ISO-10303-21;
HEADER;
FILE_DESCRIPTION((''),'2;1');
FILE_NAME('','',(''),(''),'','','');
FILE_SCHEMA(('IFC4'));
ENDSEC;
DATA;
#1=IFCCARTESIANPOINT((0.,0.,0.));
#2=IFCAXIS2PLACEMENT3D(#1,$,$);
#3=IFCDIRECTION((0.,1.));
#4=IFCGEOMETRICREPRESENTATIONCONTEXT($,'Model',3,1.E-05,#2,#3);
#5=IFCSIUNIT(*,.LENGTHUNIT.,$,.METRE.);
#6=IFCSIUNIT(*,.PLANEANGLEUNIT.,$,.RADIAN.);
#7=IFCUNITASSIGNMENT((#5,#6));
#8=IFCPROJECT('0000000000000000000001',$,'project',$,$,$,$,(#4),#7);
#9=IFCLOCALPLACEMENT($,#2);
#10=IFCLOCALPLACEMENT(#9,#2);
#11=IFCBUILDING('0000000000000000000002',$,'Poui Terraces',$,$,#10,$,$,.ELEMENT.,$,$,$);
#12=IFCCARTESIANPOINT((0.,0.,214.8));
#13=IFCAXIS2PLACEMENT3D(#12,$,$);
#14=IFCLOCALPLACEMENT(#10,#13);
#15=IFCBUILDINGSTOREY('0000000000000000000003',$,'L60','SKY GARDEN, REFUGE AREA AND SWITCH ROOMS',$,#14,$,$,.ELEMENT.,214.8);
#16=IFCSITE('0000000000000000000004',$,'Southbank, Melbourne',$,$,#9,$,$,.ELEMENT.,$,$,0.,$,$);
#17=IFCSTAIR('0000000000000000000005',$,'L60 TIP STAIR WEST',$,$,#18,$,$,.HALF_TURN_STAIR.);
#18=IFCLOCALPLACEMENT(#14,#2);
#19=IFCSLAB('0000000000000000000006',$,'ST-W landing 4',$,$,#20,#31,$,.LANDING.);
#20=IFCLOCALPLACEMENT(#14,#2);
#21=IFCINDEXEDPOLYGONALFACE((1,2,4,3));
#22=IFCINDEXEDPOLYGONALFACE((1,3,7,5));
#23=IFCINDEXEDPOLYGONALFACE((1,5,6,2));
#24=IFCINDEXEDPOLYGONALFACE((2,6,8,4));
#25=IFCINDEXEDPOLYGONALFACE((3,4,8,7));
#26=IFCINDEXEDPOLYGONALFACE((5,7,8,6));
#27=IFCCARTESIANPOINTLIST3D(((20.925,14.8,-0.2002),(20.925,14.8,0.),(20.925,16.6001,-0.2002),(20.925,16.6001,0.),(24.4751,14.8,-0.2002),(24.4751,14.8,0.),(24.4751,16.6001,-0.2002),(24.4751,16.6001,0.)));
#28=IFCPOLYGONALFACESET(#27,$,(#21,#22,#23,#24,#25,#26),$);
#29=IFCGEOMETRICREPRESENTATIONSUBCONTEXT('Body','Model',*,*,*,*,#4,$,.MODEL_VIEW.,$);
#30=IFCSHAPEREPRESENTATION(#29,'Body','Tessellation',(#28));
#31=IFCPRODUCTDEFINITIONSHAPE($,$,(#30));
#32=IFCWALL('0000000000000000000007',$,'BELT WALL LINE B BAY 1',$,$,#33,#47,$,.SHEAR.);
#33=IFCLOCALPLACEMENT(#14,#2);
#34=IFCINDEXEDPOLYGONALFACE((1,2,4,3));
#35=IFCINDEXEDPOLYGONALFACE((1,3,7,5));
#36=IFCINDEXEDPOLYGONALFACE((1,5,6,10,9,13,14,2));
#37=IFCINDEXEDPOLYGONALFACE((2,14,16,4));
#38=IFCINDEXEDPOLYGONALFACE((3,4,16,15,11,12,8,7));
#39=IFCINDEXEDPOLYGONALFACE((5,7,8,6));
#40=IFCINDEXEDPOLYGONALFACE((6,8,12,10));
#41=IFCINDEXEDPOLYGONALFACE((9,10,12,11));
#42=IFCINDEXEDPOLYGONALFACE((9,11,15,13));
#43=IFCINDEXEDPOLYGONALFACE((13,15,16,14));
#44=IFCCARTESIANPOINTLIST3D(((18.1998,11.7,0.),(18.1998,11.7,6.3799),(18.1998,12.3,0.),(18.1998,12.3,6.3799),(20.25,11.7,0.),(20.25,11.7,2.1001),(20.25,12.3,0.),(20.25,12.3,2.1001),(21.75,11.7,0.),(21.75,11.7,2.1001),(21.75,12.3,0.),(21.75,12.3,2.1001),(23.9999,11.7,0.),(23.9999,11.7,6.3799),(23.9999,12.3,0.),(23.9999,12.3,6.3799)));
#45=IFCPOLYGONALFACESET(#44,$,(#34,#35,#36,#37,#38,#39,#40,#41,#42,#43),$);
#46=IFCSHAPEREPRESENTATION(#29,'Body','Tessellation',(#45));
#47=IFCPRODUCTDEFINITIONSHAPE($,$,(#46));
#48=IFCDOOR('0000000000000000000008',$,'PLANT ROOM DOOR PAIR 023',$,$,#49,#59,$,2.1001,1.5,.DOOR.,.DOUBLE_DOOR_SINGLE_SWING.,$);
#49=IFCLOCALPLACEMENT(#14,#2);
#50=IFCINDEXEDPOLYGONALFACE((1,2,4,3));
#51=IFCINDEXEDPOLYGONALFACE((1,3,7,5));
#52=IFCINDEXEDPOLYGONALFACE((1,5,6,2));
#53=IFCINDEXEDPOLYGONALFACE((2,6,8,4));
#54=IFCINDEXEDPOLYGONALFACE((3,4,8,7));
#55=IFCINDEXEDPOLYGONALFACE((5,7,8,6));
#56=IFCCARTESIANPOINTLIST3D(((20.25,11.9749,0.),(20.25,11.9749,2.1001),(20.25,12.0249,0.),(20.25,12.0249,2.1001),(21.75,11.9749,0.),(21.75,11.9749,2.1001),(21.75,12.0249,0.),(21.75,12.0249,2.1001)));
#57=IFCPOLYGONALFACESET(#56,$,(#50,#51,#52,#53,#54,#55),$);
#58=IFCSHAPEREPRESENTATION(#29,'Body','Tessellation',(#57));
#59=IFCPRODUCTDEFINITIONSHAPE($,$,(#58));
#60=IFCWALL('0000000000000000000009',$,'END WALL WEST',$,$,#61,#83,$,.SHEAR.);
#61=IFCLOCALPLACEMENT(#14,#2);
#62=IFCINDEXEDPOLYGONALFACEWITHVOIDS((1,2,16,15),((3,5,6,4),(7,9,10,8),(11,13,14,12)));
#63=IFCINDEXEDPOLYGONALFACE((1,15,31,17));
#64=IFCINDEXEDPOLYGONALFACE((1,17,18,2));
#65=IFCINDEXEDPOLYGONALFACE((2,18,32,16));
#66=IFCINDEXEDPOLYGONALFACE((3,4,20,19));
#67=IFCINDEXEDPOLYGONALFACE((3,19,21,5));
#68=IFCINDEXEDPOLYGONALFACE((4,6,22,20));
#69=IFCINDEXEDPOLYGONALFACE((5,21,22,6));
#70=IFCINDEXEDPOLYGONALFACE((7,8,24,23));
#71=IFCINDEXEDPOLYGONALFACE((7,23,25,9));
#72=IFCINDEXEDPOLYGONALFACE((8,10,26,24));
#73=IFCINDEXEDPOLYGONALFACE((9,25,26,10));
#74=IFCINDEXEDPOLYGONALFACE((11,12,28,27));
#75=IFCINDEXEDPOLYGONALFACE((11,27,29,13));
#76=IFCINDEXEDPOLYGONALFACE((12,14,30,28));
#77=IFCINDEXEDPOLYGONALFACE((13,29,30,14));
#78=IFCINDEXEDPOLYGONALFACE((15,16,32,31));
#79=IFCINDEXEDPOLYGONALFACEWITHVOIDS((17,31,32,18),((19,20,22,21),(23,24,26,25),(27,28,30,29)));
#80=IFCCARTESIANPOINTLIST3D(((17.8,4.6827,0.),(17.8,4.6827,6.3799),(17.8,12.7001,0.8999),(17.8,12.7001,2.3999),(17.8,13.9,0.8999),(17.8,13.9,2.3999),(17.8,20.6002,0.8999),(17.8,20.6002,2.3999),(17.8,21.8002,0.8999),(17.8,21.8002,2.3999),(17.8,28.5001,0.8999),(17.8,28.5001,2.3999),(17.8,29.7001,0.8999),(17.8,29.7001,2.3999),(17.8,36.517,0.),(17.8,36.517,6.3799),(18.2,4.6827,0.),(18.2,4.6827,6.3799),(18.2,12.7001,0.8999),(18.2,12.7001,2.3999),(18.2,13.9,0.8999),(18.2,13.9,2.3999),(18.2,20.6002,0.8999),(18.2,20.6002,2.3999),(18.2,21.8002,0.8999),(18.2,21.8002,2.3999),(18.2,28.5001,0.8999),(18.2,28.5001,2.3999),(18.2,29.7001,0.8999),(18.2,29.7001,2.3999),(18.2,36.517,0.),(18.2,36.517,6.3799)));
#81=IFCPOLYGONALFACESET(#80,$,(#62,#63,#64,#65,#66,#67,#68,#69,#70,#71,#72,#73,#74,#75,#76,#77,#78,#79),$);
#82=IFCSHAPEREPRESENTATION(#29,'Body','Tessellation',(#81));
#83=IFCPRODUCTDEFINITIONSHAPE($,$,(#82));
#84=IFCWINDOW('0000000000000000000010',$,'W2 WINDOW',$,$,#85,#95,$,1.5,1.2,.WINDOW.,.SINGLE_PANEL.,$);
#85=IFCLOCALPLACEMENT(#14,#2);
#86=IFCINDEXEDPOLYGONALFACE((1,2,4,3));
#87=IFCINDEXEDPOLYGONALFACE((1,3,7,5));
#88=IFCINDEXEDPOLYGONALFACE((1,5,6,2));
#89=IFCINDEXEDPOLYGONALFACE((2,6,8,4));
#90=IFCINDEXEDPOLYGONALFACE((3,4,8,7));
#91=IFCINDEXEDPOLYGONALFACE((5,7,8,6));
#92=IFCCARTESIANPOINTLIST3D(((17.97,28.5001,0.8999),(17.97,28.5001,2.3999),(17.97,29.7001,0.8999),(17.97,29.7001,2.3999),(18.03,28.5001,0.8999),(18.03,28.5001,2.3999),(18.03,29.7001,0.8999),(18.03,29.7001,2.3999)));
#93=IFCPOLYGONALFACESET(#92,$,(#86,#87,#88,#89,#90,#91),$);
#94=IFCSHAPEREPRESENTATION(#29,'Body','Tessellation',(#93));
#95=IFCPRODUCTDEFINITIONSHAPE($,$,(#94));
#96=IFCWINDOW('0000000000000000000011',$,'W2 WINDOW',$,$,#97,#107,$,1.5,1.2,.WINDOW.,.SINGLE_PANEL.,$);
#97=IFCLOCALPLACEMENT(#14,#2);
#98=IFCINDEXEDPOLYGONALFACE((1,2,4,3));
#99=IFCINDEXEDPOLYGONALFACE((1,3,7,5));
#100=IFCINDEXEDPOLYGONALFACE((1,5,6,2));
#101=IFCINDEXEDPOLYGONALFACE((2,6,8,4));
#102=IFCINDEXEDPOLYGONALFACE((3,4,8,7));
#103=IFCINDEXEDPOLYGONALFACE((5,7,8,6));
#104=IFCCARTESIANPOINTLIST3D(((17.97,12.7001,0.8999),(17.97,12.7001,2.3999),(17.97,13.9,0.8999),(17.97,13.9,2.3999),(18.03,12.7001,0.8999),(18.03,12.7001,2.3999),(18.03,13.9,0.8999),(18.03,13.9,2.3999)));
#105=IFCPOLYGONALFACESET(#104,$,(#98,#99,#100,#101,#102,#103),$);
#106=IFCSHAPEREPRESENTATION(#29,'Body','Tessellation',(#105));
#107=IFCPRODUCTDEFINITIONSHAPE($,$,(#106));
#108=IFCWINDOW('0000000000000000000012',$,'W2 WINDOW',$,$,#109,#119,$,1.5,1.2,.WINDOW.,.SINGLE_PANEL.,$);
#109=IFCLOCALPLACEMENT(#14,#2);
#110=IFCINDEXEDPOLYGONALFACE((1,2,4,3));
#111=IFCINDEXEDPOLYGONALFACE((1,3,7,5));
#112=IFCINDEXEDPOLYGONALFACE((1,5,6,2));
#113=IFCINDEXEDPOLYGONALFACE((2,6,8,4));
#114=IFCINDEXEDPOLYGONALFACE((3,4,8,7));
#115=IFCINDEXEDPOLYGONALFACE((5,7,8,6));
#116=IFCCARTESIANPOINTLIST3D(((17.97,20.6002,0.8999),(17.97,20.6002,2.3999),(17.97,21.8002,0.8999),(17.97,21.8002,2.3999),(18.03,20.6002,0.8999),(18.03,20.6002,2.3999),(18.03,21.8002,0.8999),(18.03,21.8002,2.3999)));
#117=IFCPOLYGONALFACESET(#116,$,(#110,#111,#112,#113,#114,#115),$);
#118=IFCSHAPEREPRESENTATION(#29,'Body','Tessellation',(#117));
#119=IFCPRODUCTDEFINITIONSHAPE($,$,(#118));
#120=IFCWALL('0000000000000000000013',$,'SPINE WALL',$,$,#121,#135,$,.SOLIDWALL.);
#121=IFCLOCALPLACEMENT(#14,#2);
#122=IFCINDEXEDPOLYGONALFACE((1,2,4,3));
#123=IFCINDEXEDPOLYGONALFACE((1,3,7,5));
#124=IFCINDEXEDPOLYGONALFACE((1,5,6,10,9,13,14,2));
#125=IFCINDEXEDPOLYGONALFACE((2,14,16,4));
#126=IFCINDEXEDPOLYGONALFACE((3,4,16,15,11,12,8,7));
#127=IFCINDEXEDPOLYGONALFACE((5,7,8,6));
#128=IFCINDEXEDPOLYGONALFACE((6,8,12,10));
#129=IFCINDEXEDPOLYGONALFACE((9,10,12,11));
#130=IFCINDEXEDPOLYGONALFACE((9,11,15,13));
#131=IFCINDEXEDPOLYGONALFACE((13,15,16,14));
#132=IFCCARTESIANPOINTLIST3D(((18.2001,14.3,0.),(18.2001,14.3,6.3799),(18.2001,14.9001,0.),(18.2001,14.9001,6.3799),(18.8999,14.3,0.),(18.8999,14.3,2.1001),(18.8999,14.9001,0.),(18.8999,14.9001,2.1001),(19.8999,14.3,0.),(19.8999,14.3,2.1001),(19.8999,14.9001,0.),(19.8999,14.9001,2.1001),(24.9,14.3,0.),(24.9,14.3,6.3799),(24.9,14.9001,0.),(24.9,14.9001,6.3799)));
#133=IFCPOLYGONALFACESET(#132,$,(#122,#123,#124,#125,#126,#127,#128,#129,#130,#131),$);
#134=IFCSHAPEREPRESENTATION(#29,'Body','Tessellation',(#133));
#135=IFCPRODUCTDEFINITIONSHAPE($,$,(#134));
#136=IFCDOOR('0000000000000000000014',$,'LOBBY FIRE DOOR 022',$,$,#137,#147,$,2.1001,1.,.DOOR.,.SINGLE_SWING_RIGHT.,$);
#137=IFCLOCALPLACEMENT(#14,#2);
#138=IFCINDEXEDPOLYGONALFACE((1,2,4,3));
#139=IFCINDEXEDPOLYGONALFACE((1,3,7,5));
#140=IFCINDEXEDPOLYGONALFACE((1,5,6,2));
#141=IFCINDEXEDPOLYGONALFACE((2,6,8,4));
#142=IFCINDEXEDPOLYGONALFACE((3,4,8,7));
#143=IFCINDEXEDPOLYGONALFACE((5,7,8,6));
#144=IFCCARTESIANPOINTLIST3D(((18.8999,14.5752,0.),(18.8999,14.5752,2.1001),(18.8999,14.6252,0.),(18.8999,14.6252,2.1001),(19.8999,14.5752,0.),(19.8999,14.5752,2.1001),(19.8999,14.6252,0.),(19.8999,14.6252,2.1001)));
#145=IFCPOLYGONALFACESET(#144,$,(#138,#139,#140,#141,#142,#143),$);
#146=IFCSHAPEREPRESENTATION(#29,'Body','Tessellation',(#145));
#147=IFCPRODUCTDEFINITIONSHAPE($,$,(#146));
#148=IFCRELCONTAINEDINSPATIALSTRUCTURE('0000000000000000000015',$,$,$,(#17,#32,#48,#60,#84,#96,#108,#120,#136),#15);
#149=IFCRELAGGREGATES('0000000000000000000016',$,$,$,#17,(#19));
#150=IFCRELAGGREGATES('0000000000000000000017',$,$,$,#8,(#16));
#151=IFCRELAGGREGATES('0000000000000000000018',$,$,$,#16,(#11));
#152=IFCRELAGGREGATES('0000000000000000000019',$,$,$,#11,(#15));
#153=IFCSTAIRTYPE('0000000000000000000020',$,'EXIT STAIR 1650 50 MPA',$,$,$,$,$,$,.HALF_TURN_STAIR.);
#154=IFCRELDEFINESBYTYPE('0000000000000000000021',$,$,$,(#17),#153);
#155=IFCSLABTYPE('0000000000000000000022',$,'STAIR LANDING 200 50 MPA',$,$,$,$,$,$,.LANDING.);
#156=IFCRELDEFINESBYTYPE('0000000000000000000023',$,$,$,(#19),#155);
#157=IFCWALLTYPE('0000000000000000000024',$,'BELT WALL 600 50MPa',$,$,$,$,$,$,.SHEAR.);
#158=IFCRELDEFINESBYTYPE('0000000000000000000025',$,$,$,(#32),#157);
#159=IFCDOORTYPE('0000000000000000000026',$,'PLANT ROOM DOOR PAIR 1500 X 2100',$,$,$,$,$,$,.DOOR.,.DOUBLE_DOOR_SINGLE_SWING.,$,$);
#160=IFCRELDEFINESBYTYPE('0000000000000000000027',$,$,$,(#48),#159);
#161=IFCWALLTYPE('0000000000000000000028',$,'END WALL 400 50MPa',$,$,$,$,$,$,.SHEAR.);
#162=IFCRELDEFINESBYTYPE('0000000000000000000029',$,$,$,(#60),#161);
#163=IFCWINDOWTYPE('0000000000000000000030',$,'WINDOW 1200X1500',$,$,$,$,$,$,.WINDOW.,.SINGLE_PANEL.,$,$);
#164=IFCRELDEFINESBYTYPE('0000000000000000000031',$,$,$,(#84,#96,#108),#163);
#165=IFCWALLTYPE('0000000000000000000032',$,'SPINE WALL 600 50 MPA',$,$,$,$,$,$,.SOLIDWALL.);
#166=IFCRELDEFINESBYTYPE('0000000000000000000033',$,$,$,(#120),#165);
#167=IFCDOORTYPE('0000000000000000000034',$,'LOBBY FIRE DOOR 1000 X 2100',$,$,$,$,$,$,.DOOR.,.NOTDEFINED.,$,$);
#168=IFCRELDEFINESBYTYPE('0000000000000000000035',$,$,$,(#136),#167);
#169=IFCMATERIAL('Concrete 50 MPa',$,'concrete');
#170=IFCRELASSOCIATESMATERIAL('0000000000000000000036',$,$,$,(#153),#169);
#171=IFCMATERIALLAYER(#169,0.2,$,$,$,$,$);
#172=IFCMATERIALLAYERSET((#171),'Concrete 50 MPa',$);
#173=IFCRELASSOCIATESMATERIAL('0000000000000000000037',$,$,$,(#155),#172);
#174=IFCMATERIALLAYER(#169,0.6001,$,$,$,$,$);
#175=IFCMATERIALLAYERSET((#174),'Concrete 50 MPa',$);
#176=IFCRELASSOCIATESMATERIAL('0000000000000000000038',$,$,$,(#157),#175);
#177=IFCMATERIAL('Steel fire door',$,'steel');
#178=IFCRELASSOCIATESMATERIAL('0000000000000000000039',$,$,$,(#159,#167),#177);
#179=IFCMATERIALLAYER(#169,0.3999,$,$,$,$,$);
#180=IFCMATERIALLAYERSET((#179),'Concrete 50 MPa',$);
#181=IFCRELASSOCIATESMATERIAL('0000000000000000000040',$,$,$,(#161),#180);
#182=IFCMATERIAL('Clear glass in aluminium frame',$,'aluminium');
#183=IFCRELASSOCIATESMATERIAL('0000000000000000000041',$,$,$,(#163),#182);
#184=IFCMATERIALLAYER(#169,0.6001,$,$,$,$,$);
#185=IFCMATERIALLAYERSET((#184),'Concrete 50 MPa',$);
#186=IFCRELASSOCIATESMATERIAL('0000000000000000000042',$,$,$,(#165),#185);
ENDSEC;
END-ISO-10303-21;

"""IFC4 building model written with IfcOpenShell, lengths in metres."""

from ifc_helpers import new_model, si_unit, direction, frame, frame_2d, origin, place, context, subcontext, project, spatial, polyline, rectangle, outline, extrude, material, layer, layer_set, type_object, element, fill, aggregate, save


model = new_model("IFC4")

# Units and contexts
model_context = context("Model", 3, precision=1e-05, world=origin(), true_north=direction((0.0, 1.0)))
body_context = subcontext(model_context, "Body", "Model", "MODEL_VIEW")
ifc_project = project(units=[si_unit("LENGTHUNIT", "METRE"), si_unit("PLANEANGLEUNIT", "RADIAN")], contexts=[model_context])

# Site, building, storey
site_placement = place(None, origin())
site = spatial("IfcSite", under=ifc_project, at=site_placement, Name="Southbank, Melbourne", CompositionType="ELEMENT", RefElevation=0.0)
building_placement = place(site_placement, origin())
building = spatial("IfcBuilding", under=site, at=building_placement, Name="Poui Terraces", CompositionType="ELEMENT")
storey_placement = place(building_placement, frame((0.0, 0.0, 214.8)))
storey = spatial("IfcBuildingStorey", under=building, at=storey_placement, Name="L60", Description="SKY GARDEN, REFUGE AREA AND SWITCH ROOMS", CompositionType="ELEMENT", Elevation=214.8)

# Stair, slab
ifc_material_1 = material(Name="Concrete 50 MPa", Category="concrete")
stair_type = type_object("IfcStairType", Name="EXIT STAIR 1650 50 MPA", PredefinedType="HALF_TURN_STAIR", material=ifc_material_1)
ifc_layer_1 = layer(ifc_material_1, 0.2)
ifc_layer_set_1 = layer_set([ifc_layer_1], Name="Concrete 50 MPa")
slab_type = type_object("IfcSlabType", Name="STAIR LANDING 200 50 MPA", PredefinedType="LANDING", material=ifc_layer_set_1)
stair_1_placement = place(storey_placement, origin())
stair_1 = element("IfcStair", 1, at=stair_1_placement, inside=storey, type_object=stair_type, Name="L60 TIP STAIR WEST", PredefinedType="HALF_TURN_STAIR")
slab_1_placement = place(storey_placement, frame((0.0, 0.0, -0.2002)))
slab_1 = element("IfcSlab", 2, at=slab_1_placement, type_object=slab_type, Name="ST-W landing 4", PredefinedType="LANDING", context=body_context, shape_type="SweptSolid", body=[
    extrude(outline(polyline([(20.925, 14.8), (24.4751, 14.8), (24.4751, 16.6001), (20.925, 16.6001), (20.925, 14.8)])), origin(), (0.0, 0.0, 1.0), 0.2002),
])

# Wall, opening, door
ifc_layer_2 = layer(ifc_material_1, 0.6001)
ifc_layer_set_2 = layer_set([ifc_layer_2], Name="Concrete 50 MPa")
wall_type_1 = type_object("IfcWallType", Name="BELT WALL 600 50MPa", PredefinedType="SHEAR", material=ifc_layer_set_2)
wall_1_placement = place(storey_placement, frame((18.2, 12.0, 0.0), z_axis=(0.0, 0.0, 1.0), x_axis=(1.0, 0.0, 0.0)))
wall_1 = element("IfcWall", 3, at=wall_1_placement, inside=storey, type_object=wall_type_1, Name="BELT WALL LINE B BAY 1", PredefinedType="SHEAR", context=body_context, shape_type="SweptSolid", body=[
    extrude(rectangle(XDim=5.8, YDim=0.6001, at=frame_2d((2.8999, 0.0))), origin(), (0.0, 0.0, 1.0), 6.3799),
])
opening_1_placement = place(wall_1_placement, frame((2.05, 0.0, 0.0)))
opening_1 = element("IfcOpeningElement", 4, at=opening_1_placement, cuts=wall_1, PredefinedType="OPENING", context=body_context, shape_type="SweptSolid", body=[
    extrude(rectangle(XDim=1.5, YDim=2.1001, at=frame_2d((0.75, 1.05))), frame((0.0, 0.3101, 0.0), z_axis=(0.0, -1.0, 0.0), x_axis=(1.0, 0.0, 0.0)), (0.0, 0.0, 1.0), 0.6201),
])
ifc_material_2 = material(Name="Steel fire door", Category="steel")
door_type_1 = type_object("IfcDoorType", Name="PLANT ROOM DOOR PAIR 1500 X 2100", OperationType="DOUBLE_DOOR_SINGLE_SWING", PredefinedType="DOOR", material=ifc_material_2)
door_1_placement = place(opening_1_placement, origin())
door_1 = element("IfcDoor", 5, at=door_1_placement, inside=storey, type_object=door_type_1, Name="PLANT ROOM DOOR PAIR 023", OperationType="DOUBLE_DOOR_SINGLE_SWING", OverallHeight=2.1001, OverallWidth=1.5, PredefinedType="DOOR", context=body_context, shape_type="SweptSolid", body=[
    extrude(rectangle(XDim=1.5, YDim=2.1001, at=frame_2d((0.75, 1.05))), frame((0.0, 0.0249, 0.0), z_axis=(0.0, -1.0, 0.0), x_axis=(1.0, 0.0, 0.0)), (0.0, 0.0, 1.0), 0.05),
])
fill(opening_1, door_1)

# Wall, openings, windows
ifc_layer_3 = layer(ifc_material_1, 0.3999)
ifc_layer_set_3 = layer_set([ifc_layer_3], Name="Concrete 50 MPa")
wall_type_2 = type_object("IfcWallType", Name="END WALL 400 50MPa", PredefinedType="SHEAR", material=ifc_layer_set_3)
wall_2_placement = place(storey_placement, frame((18.0, 4.6829, 0.0), z_axis=(0.0, 0.0, 1.0), x_axis=(0.0, 1.0, 0.0)))
wall_2 = element("IfcWall", 6, at=wall_2_placement, inside=storey, type_object=wall_type_2, Name="END WALL WEST", PredefinedType="SHEAR", context=body_context, shape_type="SweptSolid", body=[
    extrude(rectangle(XDim=31.8342, YDim=0.3999, at=frame_2d((15.917, 0.0))), origin(), (0.0, 0.0, 1.0), 6.3799),
])
opening_2_placement = place(wall_2_placement, frame((23.8171, 0.0, 0.8999)))
opening_2 = element("IfcOpeningElement", 7, at=opening_2_placement, cuts=wall_2, PredefinedType="OPENING", context=body_context, shape_type="SweptSolid", body=[
    extrude(rectangle(XDim=1.2, YDim=1.5, at=frame_2d((0.6001, 0.75))), frame((0.0, 0.21, 0.0), z_axis=(0.0, -1.0, 0.0), x_axis=(1.0, 0.0, 0.0)), (0.0, 0.0, 1.0), 0.4199),
])
opening_3_placement = place(wall_2_placement, frame((8.0171, 0.0, 0.8999)))
opening_3 = element("IfcOpeningElement", 8, at=opening_3_placement, cuts=wall_2, PredefinedType="OPENING", context=body_context, shape_type="SweptSolid", body=[
    extrude(rectangle(XDim=1.2, YDim=1.5, at=frame_2d((0.6001, 0.75))), frame((0.0, 0.21, 0.0), z_axis=(0.0, -1.0, 0.0), x_axis=(1.0, 0.0, 0.0)), (0.0, 0.0, 1.0), 0.4199),
])
opening_4_placement = place(wall_2_placement, frame((15.9172, 0.0, 0.8999)))
opening_4 = element("IfcOpeningElement", 9, at=opening_4_placement, cuts=wall_2, PredefinedType="OPENING", context=body_context, shape_type="SweptSolid", body=[
    extrude(rectangle(XDim=1.2, YDim=1.5, at=frame_2d((0.6001, 0.75))), frame((0.0, 0.21, 0.0), z_axis=(0.0, -1.0, 0.0), x_axis=(1.0, 0.0, 0.0)), (0.0, 0.0, 1.0), 0.4199),
])
ifc_material_3 = material(Name="Clear glass in aluminium frame", Category="aluminium")
window_type = type_object("IfcWindowType", Name="WINDOW 1200X1500", PartitioningType="SINGLE_PANEL", PredefinedType="WINDOW", material=ifc_material_3)
window_1_placement = place(opening_2_placement, origin())
window_1 = element("IfcWindow", 10, at=window_1_placement, inside=storey, type_object=window_type, Name="W2 WINDOW", OverallHeight=1.5, OverallWidth=1.2, PartitioningType="SINGLE_PANEL", PredefinedType="WINDOW", context=body_context, shape_type="SweptSolid", body=[
    extrude(rectangle(XDim=1.2, YDim=1.5, at=frame_2d((0.6001, 0.75))), frame((0.0, 0.03, 0.0), z_axis=(0.0, -1.0, 0.0), x_axis=(1.0, 0.0, 0.0)), (0.0, 0.0, 1.0), 0.0601),
])
fill(opening_2, window_1)
window_2_placement = place(opening_3_placement, origin())
window_2 = element("IfcWindow", 11, at=window_2_placement, inside=storey, type_object=window_type, Name="W2 WINDOW", OverallHeight=1.5, OverallWidth=1.2, PartitioningType="SINGLE_PANEL", PredefinedType="WINDOW", context=body_context, shape_type="SweptSolid", body=[
    extrude(rectangle(XDim=1.2, YDim=1.5, at=frame_2d((0.6001, 0.75))), frame((0.0, 0.03, 0.0), z_axis=(0.0, -1.0, 0.0), x_axis=(1.0, 0.0, 0.0)), (0.0, 0.0, 1.0), 0.0601),
])
fill(opening_3, window_2)
window_3_placement = place(opening_4_placement, origin())
window_3 = element("IfcWindow", 12, at=window_3_placement, inside=storey, type_object=window_type, Name="W2 WINDOW", OverallHeight=1.5, OverallWidth=1.2, PartitioningType="SINGLE_PANEL", PredefinedType="WINDOW", context=body_context, shape_type="SweptSolid", body=[
    extrude(rectangle(XDim=1.2, YDim=1.5, at=frame_2d((0.6001, 0.75))), frame((0.0, 0.03, 0.0), z_axis=(0.0, -1.0, 0.0), x_axis=(1.0, 0.0, 0.0)), (0.0, 0.0, 1.0), 0.0601),
])
fill(opening_4, window_3)

# Wall, opening, door
ifc_layer_4 = layer(ifc_material_1, 0.6001)
ifc_layer_set_4 = layer_set([ifc_layer_4], Name="Concrete 50 MPa")
wall_type_3 = type_object("IfcWallType", Name="SPINE WALL 600 50 MPA", PredefinedType="SOLIDWALL", material=ifc_layer_set_4)
wall_3_placement = place(storey_placement, frame((18.2, 14.6001, 0.0), z_axis=(0.0, 0.0, 1.0), x_axis=(1.0, 0.0, 0.0)))
wall_3 = element("IfcWall", 13, at=wall_3_placement, inside=storey, type_object=wall_type_3, Name="SPINE WALL", PredefinedType="SOLIDWALL", context=body_context, shape_type="SweptSolid", body=[
    extrude(rectangle(XDim=6.7, YDim=0.6001, at=frame_2d((3.3501, 0.0))), origin(), (0.0, 0.0, 1.0), 6.3799),
])
opening_5_placement = place(wall_3_placement, frame((0.7, 0.0, 0.0)))
opening_5 = element("IfcOpeningElement", 14, at=opening_5_placement, cuts=wall_3, PredefinedType="OPENING", context=body_context, shape_type="SweptSolid", body=[
    extrude(rectangle(XDim=1.0, YDim=2.1001, at=frame_2d((0.5, 1.05))), frame((0.0, 0.3101, 0.0), z_axis=(0.0, -1.0, 0.0), x_axis=(1.0, 0.0, 0.0)), (0.0, 0.0, 1.0), 0.6201),
])
door_type_2 = type_object("IfcDoorType", Name="LOBBY FIRE DOOR 1000 X 2100", OperationType="NOTDEFINED", PredefinedType="DOOR", material=ifc_material_2)
door_2_placement = place(opening_5_placement, frame((1.0, 0.0, 0.0), z_axis=(0.0, 0.0, 1.0), x_axis=(-1.0, 0.0, 0.0)))
door_2 = element("IfcDoor", 15, at=door_2_placement, inside=storey, type_object=door_type_2, Name="LOBBY FIRE DOOR 022", OperationType="SINGLE_SWING_RIGHT", OverallHeight=2.1001, OverallWidth=1.0, PredefinedType="DOOR", context=body_context, shape_type="SweptSolid", body=[
    extrude(rectangle(XDim=1.0, YDim=2.1001, at=frame_2d((0.5, 1.05))), frame((0.0, 0.0249, 0.0), z_axis=(0.0, -1.0, 0.0), x_axis=(1.0, 0.0, 0.0)), (0.0, 0.0, 1.0), 0.05),
])
fill(opening_5, door_2)

aggregate(stair_1, [slab_1])

save(model, "model.ifc")
